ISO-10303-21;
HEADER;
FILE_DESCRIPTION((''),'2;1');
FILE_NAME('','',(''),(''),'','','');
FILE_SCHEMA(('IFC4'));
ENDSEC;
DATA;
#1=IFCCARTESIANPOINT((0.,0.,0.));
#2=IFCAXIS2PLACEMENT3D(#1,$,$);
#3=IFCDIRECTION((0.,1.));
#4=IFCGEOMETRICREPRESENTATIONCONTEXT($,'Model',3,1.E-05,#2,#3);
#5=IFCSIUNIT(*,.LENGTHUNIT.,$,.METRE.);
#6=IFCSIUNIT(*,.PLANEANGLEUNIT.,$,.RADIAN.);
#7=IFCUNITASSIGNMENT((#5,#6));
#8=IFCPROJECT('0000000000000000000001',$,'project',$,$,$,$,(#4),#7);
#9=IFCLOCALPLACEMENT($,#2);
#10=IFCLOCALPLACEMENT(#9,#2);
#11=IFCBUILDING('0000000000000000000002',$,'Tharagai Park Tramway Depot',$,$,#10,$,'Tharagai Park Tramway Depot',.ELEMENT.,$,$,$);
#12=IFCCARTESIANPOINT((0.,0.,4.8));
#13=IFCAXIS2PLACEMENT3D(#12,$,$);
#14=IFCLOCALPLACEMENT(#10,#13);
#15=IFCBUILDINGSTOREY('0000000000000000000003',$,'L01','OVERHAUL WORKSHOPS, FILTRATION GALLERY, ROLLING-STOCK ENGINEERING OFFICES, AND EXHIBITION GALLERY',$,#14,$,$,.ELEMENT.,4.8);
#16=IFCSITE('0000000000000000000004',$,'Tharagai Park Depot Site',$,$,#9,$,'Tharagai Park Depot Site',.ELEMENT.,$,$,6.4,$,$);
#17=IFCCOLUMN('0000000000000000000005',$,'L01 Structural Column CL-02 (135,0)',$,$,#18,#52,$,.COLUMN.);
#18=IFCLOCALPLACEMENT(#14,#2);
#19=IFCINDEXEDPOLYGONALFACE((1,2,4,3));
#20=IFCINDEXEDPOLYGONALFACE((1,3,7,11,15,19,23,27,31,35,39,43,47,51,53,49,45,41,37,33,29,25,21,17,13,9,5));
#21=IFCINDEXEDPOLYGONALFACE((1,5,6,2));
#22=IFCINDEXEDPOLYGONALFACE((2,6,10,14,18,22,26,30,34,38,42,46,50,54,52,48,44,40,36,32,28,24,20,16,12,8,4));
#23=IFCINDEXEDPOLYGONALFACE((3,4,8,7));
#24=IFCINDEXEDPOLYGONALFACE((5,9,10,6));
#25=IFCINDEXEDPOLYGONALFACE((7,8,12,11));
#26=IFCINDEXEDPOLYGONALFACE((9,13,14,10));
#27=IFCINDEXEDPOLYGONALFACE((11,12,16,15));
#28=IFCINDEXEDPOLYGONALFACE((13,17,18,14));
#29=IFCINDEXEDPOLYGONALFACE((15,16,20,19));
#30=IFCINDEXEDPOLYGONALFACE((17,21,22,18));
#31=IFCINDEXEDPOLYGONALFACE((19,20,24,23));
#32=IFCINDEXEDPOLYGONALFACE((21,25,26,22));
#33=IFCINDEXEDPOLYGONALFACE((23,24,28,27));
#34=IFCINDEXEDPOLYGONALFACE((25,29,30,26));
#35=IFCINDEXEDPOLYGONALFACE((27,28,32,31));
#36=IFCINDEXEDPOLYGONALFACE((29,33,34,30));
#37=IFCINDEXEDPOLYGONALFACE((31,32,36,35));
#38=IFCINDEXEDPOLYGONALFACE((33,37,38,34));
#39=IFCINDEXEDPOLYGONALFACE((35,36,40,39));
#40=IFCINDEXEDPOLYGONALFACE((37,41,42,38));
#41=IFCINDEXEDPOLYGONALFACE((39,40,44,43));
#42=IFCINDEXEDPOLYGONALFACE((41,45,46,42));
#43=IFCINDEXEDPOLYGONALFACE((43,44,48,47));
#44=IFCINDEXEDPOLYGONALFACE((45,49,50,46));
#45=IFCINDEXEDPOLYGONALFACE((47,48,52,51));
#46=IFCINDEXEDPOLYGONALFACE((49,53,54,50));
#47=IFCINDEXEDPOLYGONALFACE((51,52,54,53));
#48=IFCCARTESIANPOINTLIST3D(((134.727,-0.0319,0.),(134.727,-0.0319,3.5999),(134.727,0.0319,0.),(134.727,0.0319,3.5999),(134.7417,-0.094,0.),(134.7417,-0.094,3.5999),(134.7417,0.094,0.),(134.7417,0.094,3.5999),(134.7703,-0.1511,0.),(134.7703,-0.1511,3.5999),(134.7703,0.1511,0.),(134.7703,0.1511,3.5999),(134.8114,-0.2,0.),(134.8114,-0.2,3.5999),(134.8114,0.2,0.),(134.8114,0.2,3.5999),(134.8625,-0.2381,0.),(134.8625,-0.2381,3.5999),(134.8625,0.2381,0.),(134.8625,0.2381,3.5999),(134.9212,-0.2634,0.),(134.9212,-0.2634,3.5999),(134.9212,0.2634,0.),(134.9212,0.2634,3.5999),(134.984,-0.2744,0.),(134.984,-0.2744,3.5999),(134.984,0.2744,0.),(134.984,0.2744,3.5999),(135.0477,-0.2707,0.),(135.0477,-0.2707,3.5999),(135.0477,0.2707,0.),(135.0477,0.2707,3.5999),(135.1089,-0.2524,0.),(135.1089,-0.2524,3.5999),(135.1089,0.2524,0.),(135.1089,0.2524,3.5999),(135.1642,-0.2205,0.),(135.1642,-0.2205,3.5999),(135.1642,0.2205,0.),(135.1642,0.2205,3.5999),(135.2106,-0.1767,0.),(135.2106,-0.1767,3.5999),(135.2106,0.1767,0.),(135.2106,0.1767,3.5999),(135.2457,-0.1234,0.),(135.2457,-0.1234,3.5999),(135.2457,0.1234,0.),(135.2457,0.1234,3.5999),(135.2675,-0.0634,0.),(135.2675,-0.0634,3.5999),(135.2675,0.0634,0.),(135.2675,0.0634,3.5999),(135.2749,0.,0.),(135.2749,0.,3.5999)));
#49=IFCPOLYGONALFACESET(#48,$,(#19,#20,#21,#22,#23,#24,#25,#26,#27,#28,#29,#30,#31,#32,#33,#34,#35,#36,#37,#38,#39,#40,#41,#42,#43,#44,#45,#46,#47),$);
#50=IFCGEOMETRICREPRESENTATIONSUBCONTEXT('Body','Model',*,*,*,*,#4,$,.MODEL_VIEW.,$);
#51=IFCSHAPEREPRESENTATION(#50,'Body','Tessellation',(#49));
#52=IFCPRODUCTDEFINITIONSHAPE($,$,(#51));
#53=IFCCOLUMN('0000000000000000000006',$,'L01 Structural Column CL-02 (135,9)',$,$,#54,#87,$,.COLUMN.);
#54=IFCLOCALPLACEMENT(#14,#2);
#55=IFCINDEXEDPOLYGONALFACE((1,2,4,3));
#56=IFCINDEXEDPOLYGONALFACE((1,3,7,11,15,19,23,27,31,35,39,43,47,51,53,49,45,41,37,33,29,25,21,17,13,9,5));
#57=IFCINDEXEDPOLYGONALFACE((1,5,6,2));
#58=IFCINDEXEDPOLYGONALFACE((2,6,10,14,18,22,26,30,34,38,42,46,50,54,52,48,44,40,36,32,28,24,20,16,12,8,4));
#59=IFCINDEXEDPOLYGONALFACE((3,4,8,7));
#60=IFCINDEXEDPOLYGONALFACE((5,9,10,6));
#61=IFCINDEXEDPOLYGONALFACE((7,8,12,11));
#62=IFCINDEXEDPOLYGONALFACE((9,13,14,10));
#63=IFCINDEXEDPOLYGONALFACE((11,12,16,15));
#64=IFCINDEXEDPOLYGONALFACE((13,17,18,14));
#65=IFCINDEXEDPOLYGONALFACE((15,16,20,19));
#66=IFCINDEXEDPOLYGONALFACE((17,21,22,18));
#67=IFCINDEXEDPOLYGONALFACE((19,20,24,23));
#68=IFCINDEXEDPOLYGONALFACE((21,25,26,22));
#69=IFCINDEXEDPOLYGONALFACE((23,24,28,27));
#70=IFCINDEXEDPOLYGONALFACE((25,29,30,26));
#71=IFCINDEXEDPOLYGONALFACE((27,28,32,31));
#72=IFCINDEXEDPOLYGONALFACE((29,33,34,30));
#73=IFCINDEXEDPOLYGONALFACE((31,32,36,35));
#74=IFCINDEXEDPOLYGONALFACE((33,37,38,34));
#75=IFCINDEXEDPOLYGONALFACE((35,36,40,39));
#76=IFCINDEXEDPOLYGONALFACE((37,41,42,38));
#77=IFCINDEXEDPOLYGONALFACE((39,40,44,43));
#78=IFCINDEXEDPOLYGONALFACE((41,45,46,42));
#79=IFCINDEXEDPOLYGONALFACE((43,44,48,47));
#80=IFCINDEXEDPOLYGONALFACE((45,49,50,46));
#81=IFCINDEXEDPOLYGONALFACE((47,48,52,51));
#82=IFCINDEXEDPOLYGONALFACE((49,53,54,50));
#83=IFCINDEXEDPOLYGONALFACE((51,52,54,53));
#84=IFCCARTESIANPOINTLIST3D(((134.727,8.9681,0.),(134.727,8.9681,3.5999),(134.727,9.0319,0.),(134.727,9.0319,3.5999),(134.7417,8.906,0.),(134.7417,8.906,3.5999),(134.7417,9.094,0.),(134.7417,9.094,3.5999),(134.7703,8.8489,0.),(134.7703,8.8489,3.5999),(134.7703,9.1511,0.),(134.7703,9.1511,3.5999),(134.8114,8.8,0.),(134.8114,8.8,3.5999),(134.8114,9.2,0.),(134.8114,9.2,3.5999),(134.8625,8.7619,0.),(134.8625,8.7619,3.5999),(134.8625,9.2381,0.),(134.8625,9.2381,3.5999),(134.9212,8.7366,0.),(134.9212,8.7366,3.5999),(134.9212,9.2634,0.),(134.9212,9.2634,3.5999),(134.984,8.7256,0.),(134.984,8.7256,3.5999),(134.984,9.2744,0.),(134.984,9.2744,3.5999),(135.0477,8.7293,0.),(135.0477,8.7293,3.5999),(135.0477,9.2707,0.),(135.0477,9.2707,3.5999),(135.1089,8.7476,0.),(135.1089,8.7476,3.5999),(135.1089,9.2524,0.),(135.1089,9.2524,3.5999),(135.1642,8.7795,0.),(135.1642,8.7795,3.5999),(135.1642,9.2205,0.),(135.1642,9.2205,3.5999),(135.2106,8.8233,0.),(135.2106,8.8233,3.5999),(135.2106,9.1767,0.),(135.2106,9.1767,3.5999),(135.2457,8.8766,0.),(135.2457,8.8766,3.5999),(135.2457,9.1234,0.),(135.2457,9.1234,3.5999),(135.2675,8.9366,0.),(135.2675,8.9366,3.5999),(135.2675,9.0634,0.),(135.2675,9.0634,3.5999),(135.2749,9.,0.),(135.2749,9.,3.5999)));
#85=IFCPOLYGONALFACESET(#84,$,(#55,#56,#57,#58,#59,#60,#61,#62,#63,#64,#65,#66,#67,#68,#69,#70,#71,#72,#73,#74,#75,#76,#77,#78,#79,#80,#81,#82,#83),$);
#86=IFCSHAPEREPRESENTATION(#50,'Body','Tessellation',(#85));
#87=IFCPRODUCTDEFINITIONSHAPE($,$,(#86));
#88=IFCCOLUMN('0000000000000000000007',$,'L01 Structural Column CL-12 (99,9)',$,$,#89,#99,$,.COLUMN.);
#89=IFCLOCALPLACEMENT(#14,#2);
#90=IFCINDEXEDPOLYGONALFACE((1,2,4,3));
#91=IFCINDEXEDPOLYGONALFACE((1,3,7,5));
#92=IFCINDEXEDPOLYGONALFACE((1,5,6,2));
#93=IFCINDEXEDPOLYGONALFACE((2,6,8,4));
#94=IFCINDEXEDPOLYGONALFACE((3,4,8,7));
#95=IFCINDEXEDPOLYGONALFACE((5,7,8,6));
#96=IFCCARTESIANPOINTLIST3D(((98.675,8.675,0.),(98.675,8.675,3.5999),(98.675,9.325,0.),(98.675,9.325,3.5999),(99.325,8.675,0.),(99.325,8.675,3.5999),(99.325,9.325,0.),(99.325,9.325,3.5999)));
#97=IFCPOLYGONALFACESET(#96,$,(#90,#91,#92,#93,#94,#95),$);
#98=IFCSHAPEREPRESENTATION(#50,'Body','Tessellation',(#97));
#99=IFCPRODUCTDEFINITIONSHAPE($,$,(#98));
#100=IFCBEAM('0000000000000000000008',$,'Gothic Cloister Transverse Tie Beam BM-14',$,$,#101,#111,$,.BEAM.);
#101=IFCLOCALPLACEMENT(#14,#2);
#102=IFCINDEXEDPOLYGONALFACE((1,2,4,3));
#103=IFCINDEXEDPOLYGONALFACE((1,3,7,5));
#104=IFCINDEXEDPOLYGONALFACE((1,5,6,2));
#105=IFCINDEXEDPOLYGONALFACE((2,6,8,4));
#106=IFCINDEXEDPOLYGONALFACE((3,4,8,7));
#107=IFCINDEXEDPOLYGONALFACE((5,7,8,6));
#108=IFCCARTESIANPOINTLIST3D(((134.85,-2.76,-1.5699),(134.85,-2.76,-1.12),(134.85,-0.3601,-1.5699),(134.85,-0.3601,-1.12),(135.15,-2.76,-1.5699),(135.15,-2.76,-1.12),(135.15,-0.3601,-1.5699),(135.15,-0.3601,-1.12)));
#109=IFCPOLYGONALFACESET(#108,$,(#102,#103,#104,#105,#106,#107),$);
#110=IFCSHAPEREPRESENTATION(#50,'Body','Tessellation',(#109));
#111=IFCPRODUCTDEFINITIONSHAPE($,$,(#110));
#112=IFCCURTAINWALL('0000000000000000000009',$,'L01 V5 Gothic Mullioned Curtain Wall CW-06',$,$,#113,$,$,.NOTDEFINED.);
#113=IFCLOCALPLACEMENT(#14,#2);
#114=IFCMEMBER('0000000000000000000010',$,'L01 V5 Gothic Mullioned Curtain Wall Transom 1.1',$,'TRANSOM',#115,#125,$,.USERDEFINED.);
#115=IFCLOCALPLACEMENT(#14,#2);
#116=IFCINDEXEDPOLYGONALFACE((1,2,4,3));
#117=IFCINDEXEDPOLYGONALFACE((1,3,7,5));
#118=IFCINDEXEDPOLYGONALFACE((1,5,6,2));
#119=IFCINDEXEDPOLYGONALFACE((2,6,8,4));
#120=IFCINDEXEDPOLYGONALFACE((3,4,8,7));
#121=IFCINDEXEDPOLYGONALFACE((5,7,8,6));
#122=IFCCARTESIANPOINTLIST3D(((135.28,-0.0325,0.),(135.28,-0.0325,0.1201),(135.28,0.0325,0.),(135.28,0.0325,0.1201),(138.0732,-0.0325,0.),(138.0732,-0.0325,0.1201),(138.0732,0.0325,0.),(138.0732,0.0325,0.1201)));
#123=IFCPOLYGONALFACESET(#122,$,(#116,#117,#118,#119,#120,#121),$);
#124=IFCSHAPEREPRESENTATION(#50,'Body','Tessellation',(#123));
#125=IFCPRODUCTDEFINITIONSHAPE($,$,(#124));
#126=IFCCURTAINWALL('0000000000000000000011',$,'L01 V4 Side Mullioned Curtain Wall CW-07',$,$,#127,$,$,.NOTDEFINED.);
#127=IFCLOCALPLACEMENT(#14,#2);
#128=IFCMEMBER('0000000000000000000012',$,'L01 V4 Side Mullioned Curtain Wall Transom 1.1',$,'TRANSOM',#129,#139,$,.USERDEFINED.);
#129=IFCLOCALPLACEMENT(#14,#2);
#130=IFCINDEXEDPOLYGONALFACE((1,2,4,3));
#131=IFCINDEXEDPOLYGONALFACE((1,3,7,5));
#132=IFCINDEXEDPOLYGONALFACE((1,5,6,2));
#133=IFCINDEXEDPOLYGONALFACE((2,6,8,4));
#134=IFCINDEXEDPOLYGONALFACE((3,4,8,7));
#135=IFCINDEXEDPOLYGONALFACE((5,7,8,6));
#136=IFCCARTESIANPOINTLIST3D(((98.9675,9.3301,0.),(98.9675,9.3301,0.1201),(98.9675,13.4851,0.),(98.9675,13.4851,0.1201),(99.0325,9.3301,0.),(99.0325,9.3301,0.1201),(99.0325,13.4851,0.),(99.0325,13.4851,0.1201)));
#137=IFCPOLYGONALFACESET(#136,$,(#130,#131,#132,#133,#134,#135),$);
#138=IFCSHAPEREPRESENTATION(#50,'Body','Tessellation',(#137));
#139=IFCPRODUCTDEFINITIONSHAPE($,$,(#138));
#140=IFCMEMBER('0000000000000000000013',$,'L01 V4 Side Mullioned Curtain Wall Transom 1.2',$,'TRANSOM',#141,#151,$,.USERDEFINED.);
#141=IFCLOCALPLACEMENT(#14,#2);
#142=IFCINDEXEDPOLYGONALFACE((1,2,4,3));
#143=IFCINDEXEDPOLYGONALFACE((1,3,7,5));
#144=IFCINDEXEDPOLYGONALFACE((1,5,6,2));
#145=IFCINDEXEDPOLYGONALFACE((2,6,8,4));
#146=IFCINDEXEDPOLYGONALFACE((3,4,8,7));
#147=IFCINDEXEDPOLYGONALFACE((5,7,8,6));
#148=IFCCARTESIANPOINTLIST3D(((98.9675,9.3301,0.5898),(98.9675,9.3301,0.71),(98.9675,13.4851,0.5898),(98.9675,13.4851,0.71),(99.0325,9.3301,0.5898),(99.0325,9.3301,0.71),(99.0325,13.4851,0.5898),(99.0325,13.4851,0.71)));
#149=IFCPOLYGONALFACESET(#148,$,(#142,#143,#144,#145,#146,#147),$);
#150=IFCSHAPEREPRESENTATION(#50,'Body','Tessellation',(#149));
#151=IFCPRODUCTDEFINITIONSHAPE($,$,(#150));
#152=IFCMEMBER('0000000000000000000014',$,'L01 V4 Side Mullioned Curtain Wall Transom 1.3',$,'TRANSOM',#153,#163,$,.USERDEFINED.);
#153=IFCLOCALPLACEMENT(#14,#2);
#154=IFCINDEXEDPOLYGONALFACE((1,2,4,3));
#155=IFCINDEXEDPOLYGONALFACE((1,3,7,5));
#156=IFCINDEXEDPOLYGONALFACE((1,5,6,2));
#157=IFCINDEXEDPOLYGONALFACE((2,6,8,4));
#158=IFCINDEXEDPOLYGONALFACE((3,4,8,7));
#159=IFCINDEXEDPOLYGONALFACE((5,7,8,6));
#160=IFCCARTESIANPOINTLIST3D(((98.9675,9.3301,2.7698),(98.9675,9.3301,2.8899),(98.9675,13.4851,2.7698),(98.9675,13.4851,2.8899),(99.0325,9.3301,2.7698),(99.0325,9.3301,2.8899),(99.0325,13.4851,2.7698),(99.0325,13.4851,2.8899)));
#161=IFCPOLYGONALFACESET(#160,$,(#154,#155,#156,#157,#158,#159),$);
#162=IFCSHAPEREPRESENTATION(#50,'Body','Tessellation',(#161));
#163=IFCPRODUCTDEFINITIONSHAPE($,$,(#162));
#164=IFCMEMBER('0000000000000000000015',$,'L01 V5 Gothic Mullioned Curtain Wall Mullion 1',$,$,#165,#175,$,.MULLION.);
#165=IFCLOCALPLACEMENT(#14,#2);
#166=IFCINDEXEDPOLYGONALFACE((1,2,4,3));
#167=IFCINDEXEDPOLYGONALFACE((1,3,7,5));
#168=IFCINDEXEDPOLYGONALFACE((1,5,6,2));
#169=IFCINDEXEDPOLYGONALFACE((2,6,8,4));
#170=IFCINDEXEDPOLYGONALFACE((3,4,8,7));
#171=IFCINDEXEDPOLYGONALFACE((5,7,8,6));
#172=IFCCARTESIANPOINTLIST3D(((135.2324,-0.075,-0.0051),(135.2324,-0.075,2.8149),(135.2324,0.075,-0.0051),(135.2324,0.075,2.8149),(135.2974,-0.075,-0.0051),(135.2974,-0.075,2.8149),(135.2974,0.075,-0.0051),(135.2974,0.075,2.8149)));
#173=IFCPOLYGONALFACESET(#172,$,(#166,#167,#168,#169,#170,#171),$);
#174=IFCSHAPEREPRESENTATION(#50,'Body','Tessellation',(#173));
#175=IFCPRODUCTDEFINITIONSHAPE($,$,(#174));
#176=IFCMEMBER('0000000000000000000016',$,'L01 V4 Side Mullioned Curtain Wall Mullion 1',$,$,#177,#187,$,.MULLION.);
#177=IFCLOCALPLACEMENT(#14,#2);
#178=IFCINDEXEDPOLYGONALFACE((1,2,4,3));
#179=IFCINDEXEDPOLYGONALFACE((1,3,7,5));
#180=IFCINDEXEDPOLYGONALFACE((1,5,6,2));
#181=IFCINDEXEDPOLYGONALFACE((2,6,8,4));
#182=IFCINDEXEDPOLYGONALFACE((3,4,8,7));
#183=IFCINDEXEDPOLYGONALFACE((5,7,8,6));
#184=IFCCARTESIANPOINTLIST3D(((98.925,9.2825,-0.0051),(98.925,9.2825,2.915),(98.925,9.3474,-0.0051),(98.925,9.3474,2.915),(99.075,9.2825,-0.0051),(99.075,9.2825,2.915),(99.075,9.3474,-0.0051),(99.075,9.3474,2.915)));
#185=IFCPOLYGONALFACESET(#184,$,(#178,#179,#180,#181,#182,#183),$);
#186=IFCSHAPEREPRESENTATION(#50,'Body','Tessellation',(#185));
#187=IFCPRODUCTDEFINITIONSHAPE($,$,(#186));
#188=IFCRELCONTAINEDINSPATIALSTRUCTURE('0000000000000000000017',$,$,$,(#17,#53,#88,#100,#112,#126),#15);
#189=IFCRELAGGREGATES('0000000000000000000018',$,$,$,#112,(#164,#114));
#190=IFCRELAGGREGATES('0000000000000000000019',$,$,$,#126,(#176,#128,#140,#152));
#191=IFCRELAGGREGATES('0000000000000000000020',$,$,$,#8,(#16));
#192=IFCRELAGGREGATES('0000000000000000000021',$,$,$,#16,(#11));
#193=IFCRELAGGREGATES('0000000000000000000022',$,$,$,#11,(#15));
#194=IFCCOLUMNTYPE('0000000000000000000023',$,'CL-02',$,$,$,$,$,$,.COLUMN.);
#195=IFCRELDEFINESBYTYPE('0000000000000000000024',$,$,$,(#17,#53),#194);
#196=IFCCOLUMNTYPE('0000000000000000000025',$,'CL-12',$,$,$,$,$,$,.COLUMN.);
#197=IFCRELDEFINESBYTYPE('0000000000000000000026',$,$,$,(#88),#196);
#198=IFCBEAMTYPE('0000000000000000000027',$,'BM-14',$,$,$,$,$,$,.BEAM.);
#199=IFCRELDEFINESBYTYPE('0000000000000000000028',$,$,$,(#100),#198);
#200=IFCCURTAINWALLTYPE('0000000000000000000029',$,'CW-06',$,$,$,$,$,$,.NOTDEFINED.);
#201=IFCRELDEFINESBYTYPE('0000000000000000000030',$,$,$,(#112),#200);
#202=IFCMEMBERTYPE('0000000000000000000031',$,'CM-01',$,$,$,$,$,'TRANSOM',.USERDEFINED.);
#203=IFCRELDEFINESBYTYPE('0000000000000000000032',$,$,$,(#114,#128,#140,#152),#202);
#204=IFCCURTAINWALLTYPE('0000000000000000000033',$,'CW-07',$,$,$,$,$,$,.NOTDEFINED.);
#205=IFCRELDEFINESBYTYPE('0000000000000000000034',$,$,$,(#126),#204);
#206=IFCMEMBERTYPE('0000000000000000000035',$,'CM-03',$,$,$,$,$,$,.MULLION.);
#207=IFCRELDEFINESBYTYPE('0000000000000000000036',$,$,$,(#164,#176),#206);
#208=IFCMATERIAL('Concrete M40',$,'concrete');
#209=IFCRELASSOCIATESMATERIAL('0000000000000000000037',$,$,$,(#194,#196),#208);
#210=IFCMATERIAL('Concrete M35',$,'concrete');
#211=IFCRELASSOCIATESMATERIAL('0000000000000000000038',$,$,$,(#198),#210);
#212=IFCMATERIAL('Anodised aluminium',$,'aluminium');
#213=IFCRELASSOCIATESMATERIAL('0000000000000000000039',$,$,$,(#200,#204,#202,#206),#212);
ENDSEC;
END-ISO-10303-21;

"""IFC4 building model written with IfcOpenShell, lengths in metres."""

from ifc_helpers import new_model, si_unit, direction, frame, origin, origin_2d, place, context, subcontext, project, spatial, rectangle, circle, extrude, material, material_profile, profile_set, type_object, element, aggregate, save


model = new_model("IFC4")

# Units and contexts
model_context = context("Model", 3, precision=1e-05, world=origin(), true_north=direction((0.0, 1.0)))
body_context = subcontext(model_context, "Body", "Model", "MODEL_VIEW")
ifc_project = project(units=[si_unit("LENGTHUNIT", "METRE"), si_unit("PLANEANGLEUNIT", "RADIAN")], contexts=[model_context])

# Site, building, storey
site_placement = place(None, origin())
site = spatial("IfcSite", under=ifc_project, at=site_placement, Name="Tharagai Park Depot Site", LongName="Tharagai Park Depot Site", CompositionType="ELEMENT", RefElevation=6.4)
building_placement = place(site_placement, origin())
building = spatial("IfcBuilding", under=site, at=building_placement, Name="Tharagai Park Tramway Depot", LongName="Tharagai Park Tramway Depot", CompositionType="ELEMENT")
storey_placement = place(building_placement, frame((0.0, 0.0, 4.8)))
storey = spatial("IfcBuildingStorey", under=building, at=storey_placement, Name="L01", Description="OVERHAUL WORKSHOPS, FILTRATION GALLERY, ROLLING-STOCK ENGINEERING OFFICES, AND EXHIBITION GALLERY", CompositionType="ELEMENT", Elevation=4.8)

# Columns
ifc_material_1 = material(Name="Concrete M40", Category="concrete")
ifc_material_profile_1 = material_profile(ifc_material_1, circle(Radius=0.2749, at=origin_2d()), Name="RC D550")
ifc_profile_set_1 = profile_set([ifc_material_profile_1], Name="Concrete M40")
column_type_1 = type_object("IfcColumnType", Name="CL-02", PredefinedType="COLUMN", material=ifc_profile_set_1)
for number, where, z_axis, x_axis, name in (
    (1, (135.0, 0.0, 0.0), (0.0, 0.0, 1.0), (1.0, 0.0, 0.0), "L01 Structural Column CL-02 (135,0)"),
    (2, (135.0, 9.0, 0.0), (0.0, 0.0, 1.0), (1.0, 0.0, 0.0), "L01 Structural Column CL-02 (135,9)"),
):
    element("IfcColumn", number, at=place(storey_placement, frame(where, z_axis=z_axis, x_axis=x_axis)), inside=storey, type_object=column_type_1, Name=name, PredefinedType="COLUMN", context=body_context, shape_type="SweptSolid", body=[
        extrude(circle(Radius=0.2749, at=origin_2d()), origin(), (0.0, 0.0, 1.0), 3.5999),
    ])
ifc_material_profile_2 = material_profile(ifc_material_1, rectangle(XDim=0.6499, YDim=0.6499, at=origin_2d()), Name="RC 650x650")
ifc_profile_set_2 = profile_set([ifc_material_profile_2], Name="Concrete M40")
column_type_2 = type_object("IfcColumnType", Name="CL-12", PredefinedType="COLUMN", material=ifc_profile_set_2)
column_placement = place(storey_placement, frame((99.0, 9.0, 0.0), z_axis=(0.0, 0.0, 1.0), x_axis=(1.0, 0.0, 0.0)))
element("IfcColumn", 3, at=column_placement, inside=storey, type_object=column_type_2, Name="L01 Structural Column CL-12 (99,9)", PredefinedType="COLUMN", context=body_context, shape_type="SweptSolid", body=[
    extrude(rectangle(XDim=0.6499, YDim=0.6499, at=origin_2d()), origin(), (0.0, 0.0, 1.0), 3.5999),
])

# Beam
ifc_material_2 = material(Name="Concrete M35", Category="concrete")
ifc_material_profile_3 = material_profile(ifc_material_2, rectangle(XDim=0.3, YDim=0.45, at=origin_2d()), Name="RC 300x450")
ifc_profile_set_3 = profile_set([ifc_material_profile_3], Name="Concrete M35")
beam_type_1 = type_object("IfcBeamType", Name="BM-14", PredefinedType="BEAM", material=ifc_profile_set_3)
beam_1_placement = place(storey_placement, frame((135.0, -2.76, -1.345), z_axis=(0.0, 1.0, 0.0), x_axis=(-1.0, 0.0, 0.0)))
element("IfcBeam", 4, at=beam_1_placement, inside=storey, type_object=beam_type_1, Name="Gothic Cloister Transverse Tie Beam BM-14", PredefinedType="BEAM", context=body_context, shape_type="SweptSolid", body=[
    extrude(rectangle(XDim=0.3, YDim=0.45, at=origin_2d()), origin(), (0.0, 0.0, 1.0), 2.3999),
])

# Curtain wall, member
ifc_material_3 = material(Name="Anodised aluminium", Category="aluminium")
curtain_wall_type_1 = type_object("IfcCurtainWallType", Name="CW-06", PredefinedType="NOTDEFINED", material=ifc_material_3)
curtain_wall_1_placement = place(storey_placement, origin())
curtain_wall_1 = element("IfcCurtainWall", 5, at=curtain_wall_1_placement, inside=storey, type_object=curtain_wall_type_1, Name="L01 V5 Gothic Mullioned Curtain Wall CW-06", PredefinedType="NOTDEFINED")
ifc_material_profile_4 = material_profile(ifc_material_3, rectangle(XDim=0.0649, YDim=0.1201, at=origin_2d()), Name="ALU 65x120")
ifc_profile_set_4 = profile_set([ifc_material_profile_4], Name="Anodised aluminium")
member_type_1 = type_object("IfcMemberType", Name="CM-01", ElementType="TRANSOM", PredefinedType="USERDEFINED", material=ifc_profile_set_4)
member_1_placement = place(storey_placement, frame((135.28, 0.0, 0.0601), z_axis=(1.0, 0.0, 0.0), x_axis=(0.0, 1.0, 0.0)))
member_1 = element("IfcMember", 6, at=member_1_placement, type_object=member_type_1, Name="L01 V5 Gothic Mullioned Curtain Wall Transom 1.1", ObjectType="TRANSOM", PredefinedType="USERDEFINED", context=body_context, shape_type="SweptSolid", body=[
    extrude(rectangle(XDim=0.0649, YDim=0.1201, at=origin_2d()), origin(), (0.0, 0.0, 1.0), 2.7932),
])

# Curtain wall, members
curtain_wall_type_2 = type_object("IfcCurtainWallType", Name="CW-07", PredefinedType="NOTDEFINED", material=ifc_material_3)
curtain_wall_2_placement = place(storey_placement, origin())
curtain_wall_2 = element("IfcCurtainWall", 7, at=curtain_wall_2_placement, inside=storey, type_object=curtain_wall_type_2, Name="L01 V4 Side Mullioned Curtain Wall CW-07", PredefinedType="NOTDEFINED")
member_2_placement = place(storey_placement, frame((99.0, 9.3301, 0.0601), z_axis=(0.0, 1.0, 0.0), x_axis=(-1.0, 0.0, 0.0)))
member_2 = element("IfcMember", 8, at=member_2_placement, type_object=member_type_1, Name="L01 V4 Side Mullioned Curtain Wall Transom 1.1", ObjectType="TRANSOM", PredefinedType="USERDEFINED", context=body_context, shape_type="SweptSolid", body=[
    extrude(rectangle(XDim=0.0649, YDim=0.1201, at=origin_2d()), origin(), (0.0, 0.0, 1.0), 4.155),
])
member_3_placement = place(storey_placement, frame((99.0, 9.3301, 0.6499), z_axis=(0.0, 1.0, 0.0), x_axis=(-1.0, 0.0, 0.0)))
member_3 = element("IfcMember", 9, at=member_3_placement, type_object=member_type_1, Name="L01 V4 Side Mullioned Curtain Wall Transom 1.2", ObjectType="TRANSOM", PredefinedType="USERDEFINED", context=body_context, shape_type="SweptSolid", body=[
    extrude(rectangle(XDim=0.0649, YDim=0.1201, at=origin_2d()), origin(), (0.0, 0.0, 1.0), 4.155),
])
member_4_placement = place(storey_placement, frame((99.0, 9.3301, 2.8298), z_axis=(0.0, 1.0, 0.0), x_axis=(-1.0, 0.0, 0.0)))
member_4 = element("IfcMember", 10, at=member_4_placement, type_object=member_type_1, Name="L01 V4 Side Mullioned Curtain Wall Transom 1.3", ObjectType="TRANSOM", PredefinedType="USERDEFINED", context=body_context, shape_type="SweptSolid", body=[
    extrude(rectangle(XDim=0.0649, YDim=0.1201, at=origin_2d()), origin(), (0.0, 0.0, 1.0), 4.155),
])

# Members
ifc_material_profile_5 = material_profile(ifc_material_3, rectangle(XDim=0.0649, YDim=0.1499, at=origin_2d()), Name="ALU 65x150")
ifc_profile_set_5 = profile_set([ifc_material_profile_5], Name="Anodised aluminium")
member_type_2 = type_object("IfcMemberType", Name="CM-03", PredefinedType="MULLION", material=ifc_profile_set_5)
member_5_placement = place(storey_placement, frame((135.2649, 0.0, -0.0051), z_axis=(0.0, 0.0, 1.0), x_axis=(1.0, 0.0, 0.0)))
member_5 = element("IfcMember", 11, at=member_5_placement, type_object=member_type_2, Name="L01 V5 Gothic Mullioned Curtain Wall Mullion 1", PredefinedType="MULLION", context=body_context, shape_type="SweptSolid", body=[
    extrude(rectangle(XDim=0.0649, YDim=0.1499, at=origin_2d()), origin(), (0.0, 0.0, 1.0), 2.8201),
])
aggregate(curtain_wall_1, [member_5, member_1])
member_6_placement = place(storey_placement, frame((99.0, 9.3149, -0.0051), z_axis=(0.0, 0.0, 1.0), x_axis=(0.0, 1.0, 0.0)))
member_6 = element("IfcMember", 12, at=member_6_placement, type_object=member_type_2, Name="L01 V4 Side Mullioned Curtain Wall Mullion 1", PredefinedType="MULLION", context=body_context, shape_type="SweptSolid", body=[
    extrude(rectangle(XDim=0.0649, YDim=0.1499, at=origin_2d()), origin(), (0.0, 0.0, 1.0), 2.9202),
])
aggregate(curtain_wall_2, [member_6, member_2, member_3, member_4])

save(model, "model.ifc")
